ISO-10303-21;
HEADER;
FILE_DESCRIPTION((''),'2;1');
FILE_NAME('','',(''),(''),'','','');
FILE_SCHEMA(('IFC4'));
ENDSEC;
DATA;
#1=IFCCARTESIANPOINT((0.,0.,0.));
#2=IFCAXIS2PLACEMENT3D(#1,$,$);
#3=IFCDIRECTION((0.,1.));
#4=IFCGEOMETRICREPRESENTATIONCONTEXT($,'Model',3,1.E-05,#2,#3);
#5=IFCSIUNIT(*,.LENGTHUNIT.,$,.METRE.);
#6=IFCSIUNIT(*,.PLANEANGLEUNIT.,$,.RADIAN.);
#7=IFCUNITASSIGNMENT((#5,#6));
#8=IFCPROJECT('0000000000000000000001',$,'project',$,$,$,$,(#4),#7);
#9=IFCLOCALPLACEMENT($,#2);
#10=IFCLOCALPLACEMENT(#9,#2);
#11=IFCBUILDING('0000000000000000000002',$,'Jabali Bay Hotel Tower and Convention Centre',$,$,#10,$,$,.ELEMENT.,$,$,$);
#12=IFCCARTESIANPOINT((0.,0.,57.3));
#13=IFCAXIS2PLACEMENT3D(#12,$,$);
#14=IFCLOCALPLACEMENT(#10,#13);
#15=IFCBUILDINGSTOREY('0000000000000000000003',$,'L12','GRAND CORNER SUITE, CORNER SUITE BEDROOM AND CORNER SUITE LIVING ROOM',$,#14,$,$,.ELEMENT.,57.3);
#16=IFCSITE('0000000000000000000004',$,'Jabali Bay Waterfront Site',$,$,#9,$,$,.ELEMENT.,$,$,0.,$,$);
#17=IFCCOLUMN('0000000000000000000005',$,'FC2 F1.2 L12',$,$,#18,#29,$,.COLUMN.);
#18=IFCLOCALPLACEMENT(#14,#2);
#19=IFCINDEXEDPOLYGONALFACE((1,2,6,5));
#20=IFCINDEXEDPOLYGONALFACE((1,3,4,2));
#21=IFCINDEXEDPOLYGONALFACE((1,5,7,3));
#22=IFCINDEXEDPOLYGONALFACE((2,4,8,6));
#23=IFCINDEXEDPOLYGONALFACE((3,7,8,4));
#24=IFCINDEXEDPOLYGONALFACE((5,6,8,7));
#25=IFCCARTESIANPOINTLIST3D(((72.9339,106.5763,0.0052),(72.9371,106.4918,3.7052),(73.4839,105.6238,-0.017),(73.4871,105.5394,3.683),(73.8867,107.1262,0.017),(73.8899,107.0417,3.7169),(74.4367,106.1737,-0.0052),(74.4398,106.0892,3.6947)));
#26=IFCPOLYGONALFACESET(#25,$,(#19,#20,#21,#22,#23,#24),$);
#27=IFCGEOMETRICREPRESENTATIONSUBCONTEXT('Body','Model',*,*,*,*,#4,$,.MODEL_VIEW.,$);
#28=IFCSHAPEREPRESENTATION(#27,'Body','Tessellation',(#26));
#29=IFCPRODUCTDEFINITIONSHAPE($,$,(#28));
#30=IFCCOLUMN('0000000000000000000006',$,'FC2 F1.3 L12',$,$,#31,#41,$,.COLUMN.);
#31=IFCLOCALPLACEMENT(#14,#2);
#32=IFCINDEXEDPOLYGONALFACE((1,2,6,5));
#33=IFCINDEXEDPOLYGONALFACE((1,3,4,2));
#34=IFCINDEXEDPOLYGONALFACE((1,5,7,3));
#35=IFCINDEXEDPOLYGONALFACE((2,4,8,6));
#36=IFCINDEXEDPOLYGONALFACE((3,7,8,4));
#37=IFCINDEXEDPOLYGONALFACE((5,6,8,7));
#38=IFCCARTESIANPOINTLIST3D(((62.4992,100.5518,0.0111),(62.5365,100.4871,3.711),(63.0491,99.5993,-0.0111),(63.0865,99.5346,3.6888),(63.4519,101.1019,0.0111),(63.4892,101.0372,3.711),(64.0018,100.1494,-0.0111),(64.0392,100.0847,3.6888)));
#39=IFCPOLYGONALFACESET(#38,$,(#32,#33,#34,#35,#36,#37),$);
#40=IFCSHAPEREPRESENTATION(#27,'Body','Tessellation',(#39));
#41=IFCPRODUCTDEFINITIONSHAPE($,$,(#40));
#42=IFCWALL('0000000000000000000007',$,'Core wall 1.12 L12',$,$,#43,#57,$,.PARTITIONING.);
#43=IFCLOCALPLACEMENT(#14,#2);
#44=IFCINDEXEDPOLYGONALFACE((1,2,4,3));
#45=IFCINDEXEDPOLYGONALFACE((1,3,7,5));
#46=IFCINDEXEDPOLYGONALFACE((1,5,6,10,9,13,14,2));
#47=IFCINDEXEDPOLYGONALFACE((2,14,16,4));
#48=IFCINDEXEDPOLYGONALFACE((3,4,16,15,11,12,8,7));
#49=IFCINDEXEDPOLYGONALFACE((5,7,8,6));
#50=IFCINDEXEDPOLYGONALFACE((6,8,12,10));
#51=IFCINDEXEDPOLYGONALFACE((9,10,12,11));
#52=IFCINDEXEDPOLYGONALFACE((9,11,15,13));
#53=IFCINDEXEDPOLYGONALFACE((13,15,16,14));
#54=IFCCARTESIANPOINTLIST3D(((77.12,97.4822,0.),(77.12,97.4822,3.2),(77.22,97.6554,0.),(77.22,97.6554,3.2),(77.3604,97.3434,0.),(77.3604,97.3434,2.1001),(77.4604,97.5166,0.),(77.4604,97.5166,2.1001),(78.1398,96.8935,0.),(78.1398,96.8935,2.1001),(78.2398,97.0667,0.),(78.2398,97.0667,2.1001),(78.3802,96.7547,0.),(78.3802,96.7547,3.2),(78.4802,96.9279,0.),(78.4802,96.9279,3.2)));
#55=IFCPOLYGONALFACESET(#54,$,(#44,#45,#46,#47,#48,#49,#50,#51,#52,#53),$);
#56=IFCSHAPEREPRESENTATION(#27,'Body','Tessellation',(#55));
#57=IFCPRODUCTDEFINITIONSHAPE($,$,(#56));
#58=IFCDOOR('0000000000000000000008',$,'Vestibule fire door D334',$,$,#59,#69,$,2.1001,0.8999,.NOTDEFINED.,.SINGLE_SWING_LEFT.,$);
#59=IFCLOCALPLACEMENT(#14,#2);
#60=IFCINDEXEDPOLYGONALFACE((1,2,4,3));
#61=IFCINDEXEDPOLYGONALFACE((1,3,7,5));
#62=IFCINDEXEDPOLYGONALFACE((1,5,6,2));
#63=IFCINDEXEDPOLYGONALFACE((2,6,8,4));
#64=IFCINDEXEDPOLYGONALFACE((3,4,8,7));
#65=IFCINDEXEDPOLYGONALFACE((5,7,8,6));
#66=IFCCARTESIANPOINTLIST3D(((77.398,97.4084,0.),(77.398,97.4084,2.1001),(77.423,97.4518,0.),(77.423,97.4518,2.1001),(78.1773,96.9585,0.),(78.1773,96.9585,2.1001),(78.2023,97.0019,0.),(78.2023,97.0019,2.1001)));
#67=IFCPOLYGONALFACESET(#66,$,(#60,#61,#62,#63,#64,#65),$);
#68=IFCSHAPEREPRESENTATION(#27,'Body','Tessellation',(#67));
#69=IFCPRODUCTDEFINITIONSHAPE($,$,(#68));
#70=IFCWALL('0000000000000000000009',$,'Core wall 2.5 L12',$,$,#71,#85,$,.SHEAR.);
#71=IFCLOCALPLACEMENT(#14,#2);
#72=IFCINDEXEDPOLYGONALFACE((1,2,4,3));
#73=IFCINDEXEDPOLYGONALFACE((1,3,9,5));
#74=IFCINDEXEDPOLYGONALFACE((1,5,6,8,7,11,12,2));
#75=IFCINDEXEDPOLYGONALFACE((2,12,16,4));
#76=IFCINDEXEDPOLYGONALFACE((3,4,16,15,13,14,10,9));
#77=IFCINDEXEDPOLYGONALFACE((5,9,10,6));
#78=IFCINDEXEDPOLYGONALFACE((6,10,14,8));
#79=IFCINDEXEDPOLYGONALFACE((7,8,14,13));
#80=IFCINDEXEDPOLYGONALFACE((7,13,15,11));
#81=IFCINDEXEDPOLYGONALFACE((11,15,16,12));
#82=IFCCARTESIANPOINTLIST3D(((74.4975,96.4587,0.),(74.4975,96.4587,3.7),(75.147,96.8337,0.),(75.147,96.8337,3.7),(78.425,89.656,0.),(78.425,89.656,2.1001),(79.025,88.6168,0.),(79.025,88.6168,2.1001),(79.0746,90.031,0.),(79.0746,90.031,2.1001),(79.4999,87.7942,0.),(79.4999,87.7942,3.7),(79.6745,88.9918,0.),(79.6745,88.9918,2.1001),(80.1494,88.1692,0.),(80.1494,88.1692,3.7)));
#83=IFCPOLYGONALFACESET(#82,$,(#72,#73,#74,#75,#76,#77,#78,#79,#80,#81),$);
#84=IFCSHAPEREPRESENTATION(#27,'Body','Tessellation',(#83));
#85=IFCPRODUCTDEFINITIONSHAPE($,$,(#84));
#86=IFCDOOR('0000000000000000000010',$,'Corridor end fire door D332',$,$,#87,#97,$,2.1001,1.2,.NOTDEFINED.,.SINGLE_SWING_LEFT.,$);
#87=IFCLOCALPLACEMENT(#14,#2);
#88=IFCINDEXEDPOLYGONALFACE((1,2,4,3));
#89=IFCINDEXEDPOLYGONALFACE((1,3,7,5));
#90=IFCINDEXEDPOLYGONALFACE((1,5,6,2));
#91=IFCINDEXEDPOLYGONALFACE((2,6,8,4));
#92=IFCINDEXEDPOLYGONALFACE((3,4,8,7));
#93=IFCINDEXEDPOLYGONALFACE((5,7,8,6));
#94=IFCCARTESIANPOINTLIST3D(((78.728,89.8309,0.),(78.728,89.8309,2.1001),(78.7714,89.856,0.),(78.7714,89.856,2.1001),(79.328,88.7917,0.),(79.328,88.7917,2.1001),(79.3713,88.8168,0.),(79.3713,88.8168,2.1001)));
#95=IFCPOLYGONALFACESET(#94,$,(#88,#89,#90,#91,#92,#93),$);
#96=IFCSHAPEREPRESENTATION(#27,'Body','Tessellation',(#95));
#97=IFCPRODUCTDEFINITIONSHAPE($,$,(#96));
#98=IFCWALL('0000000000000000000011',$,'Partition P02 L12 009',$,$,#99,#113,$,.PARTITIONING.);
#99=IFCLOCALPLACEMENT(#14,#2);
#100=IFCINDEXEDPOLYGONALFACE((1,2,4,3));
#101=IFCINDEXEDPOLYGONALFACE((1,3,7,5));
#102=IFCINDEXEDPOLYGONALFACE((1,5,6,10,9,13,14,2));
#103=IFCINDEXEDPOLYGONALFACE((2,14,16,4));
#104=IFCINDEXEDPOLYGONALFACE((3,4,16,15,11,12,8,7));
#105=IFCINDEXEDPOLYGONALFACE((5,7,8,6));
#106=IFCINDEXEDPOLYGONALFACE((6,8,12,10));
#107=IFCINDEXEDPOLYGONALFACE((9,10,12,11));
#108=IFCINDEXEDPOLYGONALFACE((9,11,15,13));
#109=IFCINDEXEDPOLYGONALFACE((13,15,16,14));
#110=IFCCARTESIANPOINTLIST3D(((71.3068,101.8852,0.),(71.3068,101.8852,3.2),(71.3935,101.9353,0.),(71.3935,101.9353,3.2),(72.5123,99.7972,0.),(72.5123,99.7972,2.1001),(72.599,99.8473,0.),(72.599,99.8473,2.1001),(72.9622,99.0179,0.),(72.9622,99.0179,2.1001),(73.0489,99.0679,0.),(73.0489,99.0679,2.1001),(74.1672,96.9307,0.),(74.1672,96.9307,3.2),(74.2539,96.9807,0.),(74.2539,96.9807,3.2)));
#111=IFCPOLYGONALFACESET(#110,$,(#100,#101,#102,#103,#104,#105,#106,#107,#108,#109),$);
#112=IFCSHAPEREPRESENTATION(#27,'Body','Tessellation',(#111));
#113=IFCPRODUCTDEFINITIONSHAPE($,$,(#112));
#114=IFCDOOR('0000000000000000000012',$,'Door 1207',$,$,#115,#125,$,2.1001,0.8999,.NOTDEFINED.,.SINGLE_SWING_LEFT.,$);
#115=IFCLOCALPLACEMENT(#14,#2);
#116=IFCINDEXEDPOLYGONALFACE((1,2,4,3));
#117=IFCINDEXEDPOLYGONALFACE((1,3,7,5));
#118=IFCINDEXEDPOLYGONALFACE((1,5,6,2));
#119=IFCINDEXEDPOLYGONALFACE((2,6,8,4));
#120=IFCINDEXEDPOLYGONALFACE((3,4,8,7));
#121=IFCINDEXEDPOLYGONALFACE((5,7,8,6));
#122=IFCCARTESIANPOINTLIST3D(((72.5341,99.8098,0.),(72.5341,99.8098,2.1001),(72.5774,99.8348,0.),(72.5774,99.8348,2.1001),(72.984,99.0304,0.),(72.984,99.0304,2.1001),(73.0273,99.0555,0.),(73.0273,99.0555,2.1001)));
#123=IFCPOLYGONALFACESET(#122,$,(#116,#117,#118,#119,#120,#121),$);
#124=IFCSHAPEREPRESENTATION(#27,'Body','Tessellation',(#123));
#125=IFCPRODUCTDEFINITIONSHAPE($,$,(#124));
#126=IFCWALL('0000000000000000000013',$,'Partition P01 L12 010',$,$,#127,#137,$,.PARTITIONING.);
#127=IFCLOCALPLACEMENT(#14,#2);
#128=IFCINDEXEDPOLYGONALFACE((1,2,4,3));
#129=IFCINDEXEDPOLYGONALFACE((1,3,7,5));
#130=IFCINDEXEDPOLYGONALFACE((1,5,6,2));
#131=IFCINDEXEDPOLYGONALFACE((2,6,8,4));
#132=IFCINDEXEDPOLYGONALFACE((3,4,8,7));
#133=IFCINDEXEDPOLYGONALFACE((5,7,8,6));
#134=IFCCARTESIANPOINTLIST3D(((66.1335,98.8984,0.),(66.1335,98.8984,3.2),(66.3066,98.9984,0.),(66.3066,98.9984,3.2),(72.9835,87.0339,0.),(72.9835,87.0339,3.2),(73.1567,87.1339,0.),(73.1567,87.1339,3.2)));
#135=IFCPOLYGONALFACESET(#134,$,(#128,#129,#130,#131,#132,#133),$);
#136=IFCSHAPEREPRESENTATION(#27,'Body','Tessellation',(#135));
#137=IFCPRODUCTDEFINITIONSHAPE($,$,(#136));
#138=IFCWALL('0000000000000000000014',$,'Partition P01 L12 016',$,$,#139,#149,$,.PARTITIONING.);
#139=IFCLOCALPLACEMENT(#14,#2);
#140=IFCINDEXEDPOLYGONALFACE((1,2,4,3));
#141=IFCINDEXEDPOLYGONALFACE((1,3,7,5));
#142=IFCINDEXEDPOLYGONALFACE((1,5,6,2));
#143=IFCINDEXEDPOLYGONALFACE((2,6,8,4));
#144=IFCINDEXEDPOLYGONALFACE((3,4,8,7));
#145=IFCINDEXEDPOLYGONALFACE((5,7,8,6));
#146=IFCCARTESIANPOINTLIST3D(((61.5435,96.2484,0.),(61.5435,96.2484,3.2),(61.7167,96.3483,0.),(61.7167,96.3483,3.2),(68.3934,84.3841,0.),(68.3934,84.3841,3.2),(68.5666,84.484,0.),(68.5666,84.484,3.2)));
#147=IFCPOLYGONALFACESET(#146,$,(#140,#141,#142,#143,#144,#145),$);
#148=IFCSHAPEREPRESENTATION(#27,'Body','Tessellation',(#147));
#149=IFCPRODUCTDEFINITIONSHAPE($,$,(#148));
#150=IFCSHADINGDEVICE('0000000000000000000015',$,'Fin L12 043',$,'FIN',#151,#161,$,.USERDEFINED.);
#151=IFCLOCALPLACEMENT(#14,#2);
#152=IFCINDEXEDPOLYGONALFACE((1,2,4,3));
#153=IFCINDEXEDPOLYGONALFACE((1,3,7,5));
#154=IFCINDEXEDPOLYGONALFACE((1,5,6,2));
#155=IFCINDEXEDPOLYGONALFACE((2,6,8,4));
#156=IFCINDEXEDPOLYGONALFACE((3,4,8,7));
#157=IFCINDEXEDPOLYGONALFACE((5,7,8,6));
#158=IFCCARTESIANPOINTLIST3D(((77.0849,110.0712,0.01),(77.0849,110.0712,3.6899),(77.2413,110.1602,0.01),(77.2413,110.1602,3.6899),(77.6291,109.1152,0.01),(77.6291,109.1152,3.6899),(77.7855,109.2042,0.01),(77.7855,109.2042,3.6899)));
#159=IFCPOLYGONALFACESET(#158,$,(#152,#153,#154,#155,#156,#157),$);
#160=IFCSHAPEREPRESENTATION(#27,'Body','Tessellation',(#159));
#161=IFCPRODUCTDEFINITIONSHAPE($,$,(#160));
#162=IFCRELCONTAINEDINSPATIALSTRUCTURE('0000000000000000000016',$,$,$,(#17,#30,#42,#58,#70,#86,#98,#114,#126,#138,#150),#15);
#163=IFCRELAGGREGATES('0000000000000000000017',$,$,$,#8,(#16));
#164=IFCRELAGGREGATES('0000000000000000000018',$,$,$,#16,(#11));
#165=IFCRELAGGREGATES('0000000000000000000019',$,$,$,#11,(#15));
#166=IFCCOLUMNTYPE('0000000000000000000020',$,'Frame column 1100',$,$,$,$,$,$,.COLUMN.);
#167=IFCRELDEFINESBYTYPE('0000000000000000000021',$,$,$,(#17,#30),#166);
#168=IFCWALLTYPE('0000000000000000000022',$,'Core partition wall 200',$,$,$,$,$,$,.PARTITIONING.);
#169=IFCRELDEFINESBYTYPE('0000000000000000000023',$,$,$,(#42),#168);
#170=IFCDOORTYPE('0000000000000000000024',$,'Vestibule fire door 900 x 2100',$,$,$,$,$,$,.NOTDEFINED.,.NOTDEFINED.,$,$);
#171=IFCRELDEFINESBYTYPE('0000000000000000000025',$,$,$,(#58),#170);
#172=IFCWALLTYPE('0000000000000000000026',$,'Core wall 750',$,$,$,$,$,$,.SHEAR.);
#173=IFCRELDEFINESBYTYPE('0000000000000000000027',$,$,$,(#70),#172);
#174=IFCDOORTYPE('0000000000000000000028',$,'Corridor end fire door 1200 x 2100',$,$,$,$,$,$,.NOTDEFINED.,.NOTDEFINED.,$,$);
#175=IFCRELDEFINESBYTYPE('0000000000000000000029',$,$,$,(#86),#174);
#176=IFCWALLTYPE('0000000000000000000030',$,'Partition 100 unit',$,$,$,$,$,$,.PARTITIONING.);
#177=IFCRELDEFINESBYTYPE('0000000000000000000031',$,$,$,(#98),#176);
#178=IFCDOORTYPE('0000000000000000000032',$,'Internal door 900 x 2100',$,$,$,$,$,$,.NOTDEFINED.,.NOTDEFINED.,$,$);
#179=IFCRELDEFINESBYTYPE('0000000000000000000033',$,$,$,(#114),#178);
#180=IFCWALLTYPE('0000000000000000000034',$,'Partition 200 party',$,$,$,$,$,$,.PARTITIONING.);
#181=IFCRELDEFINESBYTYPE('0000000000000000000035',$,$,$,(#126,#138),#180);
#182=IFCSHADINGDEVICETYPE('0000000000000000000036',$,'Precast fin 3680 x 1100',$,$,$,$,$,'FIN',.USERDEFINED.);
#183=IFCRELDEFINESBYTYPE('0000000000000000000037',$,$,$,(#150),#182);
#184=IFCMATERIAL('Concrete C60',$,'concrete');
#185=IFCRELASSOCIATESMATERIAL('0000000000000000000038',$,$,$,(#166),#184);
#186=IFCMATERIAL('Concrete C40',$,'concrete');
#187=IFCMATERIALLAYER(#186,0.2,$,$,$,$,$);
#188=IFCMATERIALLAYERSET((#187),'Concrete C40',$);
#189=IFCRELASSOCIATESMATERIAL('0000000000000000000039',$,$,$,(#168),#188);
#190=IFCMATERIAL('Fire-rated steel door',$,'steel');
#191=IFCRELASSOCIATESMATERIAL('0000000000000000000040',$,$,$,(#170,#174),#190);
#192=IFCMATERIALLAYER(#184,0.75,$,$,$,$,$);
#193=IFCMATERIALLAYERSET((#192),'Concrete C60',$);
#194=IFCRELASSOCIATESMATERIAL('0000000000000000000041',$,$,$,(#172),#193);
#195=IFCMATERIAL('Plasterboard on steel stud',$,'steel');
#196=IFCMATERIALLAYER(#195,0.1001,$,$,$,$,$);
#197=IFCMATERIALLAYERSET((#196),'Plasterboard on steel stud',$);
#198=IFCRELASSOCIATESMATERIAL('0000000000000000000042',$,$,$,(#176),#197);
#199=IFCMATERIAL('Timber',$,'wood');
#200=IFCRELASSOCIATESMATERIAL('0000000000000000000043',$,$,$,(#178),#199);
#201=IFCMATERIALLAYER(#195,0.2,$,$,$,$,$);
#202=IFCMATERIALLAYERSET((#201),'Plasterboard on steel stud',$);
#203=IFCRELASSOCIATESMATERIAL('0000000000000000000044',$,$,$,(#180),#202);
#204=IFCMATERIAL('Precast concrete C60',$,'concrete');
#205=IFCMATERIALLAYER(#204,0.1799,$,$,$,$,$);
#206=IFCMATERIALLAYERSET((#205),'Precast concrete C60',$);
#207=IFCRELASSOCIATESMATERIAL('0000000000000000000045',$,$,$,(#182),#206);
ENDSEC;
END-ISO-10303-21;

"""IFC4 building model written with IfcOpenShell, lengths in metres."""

from ifc_helpers import new_model, si_unit, direction, frame, frame_2d, origin, origin_2d, place, context, subcontext, project, spatial, rectangle, extrude, material, layer, layer_set, material_profile, profile_set, type_object, element, fill, save


model = new_model("IFC4")

# Units and contexts
model_context = context("Model", 3, precision=1e-05, world=origin(), true_north=direction((0.0, 1.0)))
body_context = subcontext(model_context, "Body", "Model", "MODEL_VIEW")
ifc_project = project(units=[si_unit("LENGTHUNIT", "METRE"), si_unit("PLANEANGLEUNIT", "RADIAN")], contexts=[model_context])

# Site, building, storey
site_placement = place(None, origin())
site = spatial("IfcSite", under=ifc_project, at=site_placement, Name="Jabali Bay Waterfront Site", CompositionType="ELEMENT", RefElevation=0.0)
building_placement = place(site_placement, origin())
building = spatial("IfcBuilding", under=site, at=building_placement, Name="Jabali Bay Hotel Tower and Convention Centre", CompositionType="ELEMENT")
storey_placement = place(building_placement, frame((0.0, 0.0, 57.3)))
storey = spatial("IfcBuildingStorey", under=building, at=storey_placement, Name="L12", Description="GRAND CORNER SUITE, CORNER SUITE BEDROOM AND CORNER SUITE LIVING ROOM", CompositionType="ELEMENT", Elevation=57.3)

# Columns
ifc_material_1 = material(Name="Concrete C60", Category="concrete")
ifc_material_profile = material_profile(ifc_material_1, rectangle(XDim=1.1001, YDim=1.1001, at=origin_2d()), Name="Frame column 1100")
ifc_profile_set = profile_set([ifc_material_profile], Name="Concrete C60")
column_type = type_object("IfcColumnType", Name="Frame column 1100", PredefinedType="COLUMN", material=ifc_profile_set)
column_1_placement = place(storey_placement, frame((73.6853, 106.375, 0.0), z_axis=(0.000858, -0.022825, 0.999739), x_axis=(0.86606, 0.499826, 0.010668)))
element("IfcColumn", 1, at=column_1_placement, inside=storey, type_object=column_type, Name="FC2 F1.2 L12", PredefinedType="COLUMN", context=body_context, shape_type="SweptSolid", body=[
    extrude(rectangle(XDim=1.1001, YDim=1.1001, at=origin_2d()), origin(), (0.0, 0.0, 1.0), 3.7009),
])
column_2_placement = place(storey_placement, frame((63.2505, 100.3506, 0.0), z_axis=(0.010094, -0.017482, 0.999796), x_axis=(-0.499897, 0.86585, 0.020187)))
element("IfcColumn", 2, at=column_2_placement, inside=storey, type_object=column_type, Name="FC2 F1.3 L12", PredefinedType="COLUMN", context=body_context, shape_type="SweptSolid", body=[
    extrude(rectangle(XDim=1.1001, YDim=1.1001, at=origin_2d()), origin(), (0.0, 0.0, 1.0), 3.7007),
])

# Walls, openings, doors
ifc_material_2 = material(Name="Concrete C40", Category="concrete")
ifc_layer_1 = layer(ifc_material_2, 0.2)
ifc_layer_set_1 = layer_set([ifc_layer_1], Name="Concrete C40")
wall_type_1 = type_object("IfcWallType", Name="Core partition wall 200", PredefinedType="PARTITIONING", material=ifc_layer_set_1)
wall_1_placement = place(storey_placement, frame((78.4302, 96.8413, 0.0), z_axis=(0.0, 0.0, 1.0), x_axis=(-0.866046, 0.499965, 0.0)))
wall_1 = element("IfcWall", 3, at=wall_1_placement, inside=storey, type_object=wall_type_1, Name="Core wall 1.12 L12", PredefinedType="PARTITIONING", context=body_context, shape_type="SweptSolid", body=[
    extrude(rectangle(XDim=1.4551, YDim=0.2, at=frame_2d((0.7275, 0.0))), origin(), (0.0, 0.0, 1.0), 3.2),
])
opening_1_placement = place(wall_1_placement, frame((0.2776, 0.0, 0.0)))
opening_1 = element("IfcOpeningElement", 4, at=opening_1_placement, cuts=wall_1, PredefinedType="OPENING", context=body_context, shape_type="SweptSolid", body=[
    extrude(rectangle(XDim=0.8999, YDim=2.1001, at=frame_2d((0.45, 1.05))), frame((0.0, 0.1104, 0.0), z_axis=(0.0, -1.0, 0.0), x_axis=(1.0, 0.0, 0.0)), (0.0, 0.0, 1.0), 0.2209),
])
ifc_material_3 = material(Name="Fire-rated steel door", Category="steel")
door_type_1 = type_object("IfcDoorType", Name="Vestibule fire door 900 x 2100", OperationType="NOTDEFINED", PredefinedType="NOTDEFINED", material=ifc_material_3)
door_1_placement = place(opening_1_placement, origin())
door_1 = element("IfcDoor", 5, at=door_1_placement, inside=storey, type_object=door_type_1, Name="Vestibule fire door D334", OperationType="SINGLE_SWING_LEFT", OverallHeight=2.1001, OverallWidth=0.8999, PredefinedType="NOTDEFINED", context=body_context, shape_type="SweptSolid", body=[
    extrude(rectangle(XDim=0.8999, YDim=2.1001, at=frame_2d((0.45, 1.05))), frame((0.0, 0.0249, 0.0), z_axis=(0.0, -1.0, 0.0), x_axis=(1.0, 0.0, 0.0)), (0.0, 0.0, 1.0), 0.05),
])
fill(opening_1, door_1)
ifc_layer_2 = layer(ifc_material_1, 0.75)
ifc_layer_set_2 = layer_set([ifc_layer_2], Name="Concrete C60")
wall_type_2 = type_object("IfcWallType", Name="Core wall 750", PredefinedType="SHEAR", material=ifc_layer_set_2)
wall_2_placement = place(storey_placement, frame((74.8223, 96.6462, 0.0), z_axis=(0.0, 0.0, 1.0), x_axis=(0.499997, -0.866027, 0.0)))
wall_2 = element("IfcWall", 6, at=wall_2_placement, inside=storey, type_object=wall_type_2, Name="Core wall 2.5 L12", PredefinedType="SHEAR", context=body_context, shape_type="SweptSolid", body=[
    extrude(rectangle(XDim=10.0049, YDim=0.75, at=frame_2d((5.0024, 0.0))), origin(), (0.0, 0.0, 1.0), 3.7),
])
opening_2_placement = place(wall_2_placement, frame((7.855, 0.0, 0.0)))
opening_2 = element("IfcOpeningElement", 7, at=opening_2_placement, cuts=wall_2, PredefinedType="OPENING", context=body_context, shape_type="SweptSolid", body=[
    extrude(rectangle(XDim=1.2, YDim=2.1001, at=frame_2d((0.6001, 1.05))), frame((0.0, 0.3855, 0.0), z_axis=(0.0, -1.0, 0.0), x_axis=(1.0, 0.0, 0.0)), (0.0, 0.0, 1.0), 0.771),
])
door_type_2 = type_object("IfcDoorType", Name="Corridor end fire door 1200 x 2100", OperationType="NOTDEFINED", PredefinedType="NOTDEFINED", material=ifc_material_3)
door_2_placement = place(opening_2_placement, origin())
door_2 = element("IfcDoor", 8, at=door_2_placement, inside=storey, type_object=door_type_2, Name="Corridor end fire door D332", OperationType="SINGLE_SWING_LEFT", OverallHeight=2.1001, OverallWidth=1.2, PredefinedType="NOTDEFINED", context=body_context, shape_type="SweptSolid", body=[
    extrude(rectangle(XDim=1.2, YDim=2.1001, at=frame_2d((0.6001, 1.05))), frame((0.0, 0.0249, 0.0), z_axis=(0.0, -1.0, 0.0), x_axis=(1.0, 0.0, 0.0)), (0.0, 0.0, 1.0), 0.05),
])
fill(opening_2, door_2)
ifc_material_4 = material(Name="Plasterboard on steel stud", Category="steel")
ifc_layer_3 = layer(ifc_material_4, 0.1001)
ifc_layer_set_3 = layer_set([ifc_layer_3], Name="Plasterboard on steel stud")
wall_type_3 = type_object("IfcWallType", Name="Partition 100 unit", PredefinedType="PARTITIONING", material=ifc_layer_set_3)
wall_3_placement = place(storey_placement, frame((74.2104, 96.9558, 0.0), z_axis=(0.0, 0.0, 1.0), x_axis=(-0.499976, 0.866039, 0.0)))
wall_3 = element("IfcWall", 9, at=wall_3_placement, inside=storey, type_object=wall_type_3, Name="Partition P02 L12 009", PredefinedType="PARTITIONING", context=body_context, shape_type="SweptSolid", body=[
    extrude(rectangle(XDim=5.7209, YDim=0.1001, at=frame_2d((2.8604, 0.0))), origin(), (0.0, 0.0, 1.0), 3.2),
])
opening_3_placement = place(wall_3_placement, frame((2.4099, 0.0, 0.0)))
opening_3 = element("IfcOpeningElement", 10, at=opening_3_placement, cuts=wall_3, PredefinedType="OPENING", context=body_context, shape_type="SweptSolid", body=[
    extrude(rectangle(XDim=0.8999, YDim=2.1001, at=frame_2d((0.45, 1.05))), frame((0.0, 0.0605, 0.0), z_axis=(0.0, -1.0, 0.0), x_axis=(1.0, 0.0, 0.0)), (0.0, 0.0, 1.0), 0.1211),
])
ifc_material_5 = material(Name="Timber", Category="wood")
door_type_3 = type_object("IfcDoorType", Name="Internal door 900 x 2100", OperationType="NOTDEFINED", PredefinedType="NOTDEFINED", material=ifc_material_5)
door_3_placement = place(opening_3_placement, origin())
door_3 = element("IfcDoor", 11, at=door_3_placement, inside=storey, type_object=door_type_3, Name="Door 1207", OperationType="SINGLE_SWING_LEFT", OverallHeight=2.1001, OverallWidth=0.8999, PredefinedType="NOTDEFINED", context=body_context, shape_type="SweptSolid", body=[
    extrude(rectangle(XDim=0.8999, YDim=2.1001, at=frame_2d((0.45, 1.05))), frame((0.0, 0.0249, 0.0), z_axis=(0.0, -1.0, 0.0), x_axis=(1.0, 0.0, 0.0)), (0.0, 0.0, 1.0), 0.05),
])
fill(opening_3, door_3)

# Walls
ifc_layer_4 = layer(ifc_material_4, 0.2)
ifc_layer_set_4 = layer_set([ifc_layer_4], Name="Plasterboard on steel stud")
wall_type_4 = type_object("IfcWallType", Name="Partition 200 party", PredefinedType="PARTITIONING", material=ifc_layer_set_4)
wall_4_placement = place(storey_placement, frame((66.22, 98.9485, 0.0), z_axis=(0.0, 0.0, 1.0), x_axis=(0.500007, -0.866021, 0.0)))
element("IfcWall", 12, at=wall_4_placement, inside=storey, type_object=wall_type_4, Name="Partition P01 L12 010", PredefinedType="PARTITIONING", context=body_context, shape_type="SweptSolid", body=[
    extrude(rectangle(XDim=13.7, YDim=0.2, at=frame_2d((6.8501, 0.0))), origin(), (0.0, 0.0, 1.0), 3.2),
])
wall_5_placement = place(storey_placement, frame((61.6301, 96.2983, 0.0), z_axis=(0.0, 0.0, 1.0), x_axis=(0.500001, -0.866025, 0.0)))
element("IfcWall", 13, at=wall_5_placement, inside=storey, type_object=wall_type_4, Name="Partition P01 L12 016", PredefinedType="PARTITIONING", context=body_context, shape_type="SweptSolid", body=[
    extrude(rectangle(XDim=13.6997, YDim=0.2, at=frame_2d((6.8499, 0.0))), origin(), (0.0, 0.0, 1.0), 3.2),
])

# Shading device
ifc_material_6 = material(Name="Precast concrete C60", Category="concrete")
ifc_layer_5 = layer(ifc_material_6, 0.1799)
ifc_layer_set_5 = layer_set([ifc_layer_5], Name="Precast concrete C60")
shading_device_type_1 = type_object("IfcShadingDeviceType", Name="Precast fin 3680 x 1100", ElementType="FIN", PredefinedType="USERDEFINED", material=ifc_layer_set_5)
for number, where, z_axis, x_axis, name in (
    (14, (77.7073, 109.1597, 0.01), (0.0, 0.0, 1.0), (-0.49468, 0.869075, 0.0), "Fin L12 043"),
):
    element("IfcShadingDevice", number, at=place(storey_placement, frame(where, z_axis=z_axis, x_axis=x_axis)), inside=storey, type_object=shading_device_type_1, Name=name, ObjectType="FIN", PredefinedType="USERDEFINED", context=body_context, shape_type="SweptSolid", body=[
        extrude(rectangle(XDim=1.1001, YDim=0.1799, at=frame_2d((0.55, 0.0))), origin(), (0.0, 0.0, 1.0), 3.6799),
    ])

save(model, "model.ifc")
